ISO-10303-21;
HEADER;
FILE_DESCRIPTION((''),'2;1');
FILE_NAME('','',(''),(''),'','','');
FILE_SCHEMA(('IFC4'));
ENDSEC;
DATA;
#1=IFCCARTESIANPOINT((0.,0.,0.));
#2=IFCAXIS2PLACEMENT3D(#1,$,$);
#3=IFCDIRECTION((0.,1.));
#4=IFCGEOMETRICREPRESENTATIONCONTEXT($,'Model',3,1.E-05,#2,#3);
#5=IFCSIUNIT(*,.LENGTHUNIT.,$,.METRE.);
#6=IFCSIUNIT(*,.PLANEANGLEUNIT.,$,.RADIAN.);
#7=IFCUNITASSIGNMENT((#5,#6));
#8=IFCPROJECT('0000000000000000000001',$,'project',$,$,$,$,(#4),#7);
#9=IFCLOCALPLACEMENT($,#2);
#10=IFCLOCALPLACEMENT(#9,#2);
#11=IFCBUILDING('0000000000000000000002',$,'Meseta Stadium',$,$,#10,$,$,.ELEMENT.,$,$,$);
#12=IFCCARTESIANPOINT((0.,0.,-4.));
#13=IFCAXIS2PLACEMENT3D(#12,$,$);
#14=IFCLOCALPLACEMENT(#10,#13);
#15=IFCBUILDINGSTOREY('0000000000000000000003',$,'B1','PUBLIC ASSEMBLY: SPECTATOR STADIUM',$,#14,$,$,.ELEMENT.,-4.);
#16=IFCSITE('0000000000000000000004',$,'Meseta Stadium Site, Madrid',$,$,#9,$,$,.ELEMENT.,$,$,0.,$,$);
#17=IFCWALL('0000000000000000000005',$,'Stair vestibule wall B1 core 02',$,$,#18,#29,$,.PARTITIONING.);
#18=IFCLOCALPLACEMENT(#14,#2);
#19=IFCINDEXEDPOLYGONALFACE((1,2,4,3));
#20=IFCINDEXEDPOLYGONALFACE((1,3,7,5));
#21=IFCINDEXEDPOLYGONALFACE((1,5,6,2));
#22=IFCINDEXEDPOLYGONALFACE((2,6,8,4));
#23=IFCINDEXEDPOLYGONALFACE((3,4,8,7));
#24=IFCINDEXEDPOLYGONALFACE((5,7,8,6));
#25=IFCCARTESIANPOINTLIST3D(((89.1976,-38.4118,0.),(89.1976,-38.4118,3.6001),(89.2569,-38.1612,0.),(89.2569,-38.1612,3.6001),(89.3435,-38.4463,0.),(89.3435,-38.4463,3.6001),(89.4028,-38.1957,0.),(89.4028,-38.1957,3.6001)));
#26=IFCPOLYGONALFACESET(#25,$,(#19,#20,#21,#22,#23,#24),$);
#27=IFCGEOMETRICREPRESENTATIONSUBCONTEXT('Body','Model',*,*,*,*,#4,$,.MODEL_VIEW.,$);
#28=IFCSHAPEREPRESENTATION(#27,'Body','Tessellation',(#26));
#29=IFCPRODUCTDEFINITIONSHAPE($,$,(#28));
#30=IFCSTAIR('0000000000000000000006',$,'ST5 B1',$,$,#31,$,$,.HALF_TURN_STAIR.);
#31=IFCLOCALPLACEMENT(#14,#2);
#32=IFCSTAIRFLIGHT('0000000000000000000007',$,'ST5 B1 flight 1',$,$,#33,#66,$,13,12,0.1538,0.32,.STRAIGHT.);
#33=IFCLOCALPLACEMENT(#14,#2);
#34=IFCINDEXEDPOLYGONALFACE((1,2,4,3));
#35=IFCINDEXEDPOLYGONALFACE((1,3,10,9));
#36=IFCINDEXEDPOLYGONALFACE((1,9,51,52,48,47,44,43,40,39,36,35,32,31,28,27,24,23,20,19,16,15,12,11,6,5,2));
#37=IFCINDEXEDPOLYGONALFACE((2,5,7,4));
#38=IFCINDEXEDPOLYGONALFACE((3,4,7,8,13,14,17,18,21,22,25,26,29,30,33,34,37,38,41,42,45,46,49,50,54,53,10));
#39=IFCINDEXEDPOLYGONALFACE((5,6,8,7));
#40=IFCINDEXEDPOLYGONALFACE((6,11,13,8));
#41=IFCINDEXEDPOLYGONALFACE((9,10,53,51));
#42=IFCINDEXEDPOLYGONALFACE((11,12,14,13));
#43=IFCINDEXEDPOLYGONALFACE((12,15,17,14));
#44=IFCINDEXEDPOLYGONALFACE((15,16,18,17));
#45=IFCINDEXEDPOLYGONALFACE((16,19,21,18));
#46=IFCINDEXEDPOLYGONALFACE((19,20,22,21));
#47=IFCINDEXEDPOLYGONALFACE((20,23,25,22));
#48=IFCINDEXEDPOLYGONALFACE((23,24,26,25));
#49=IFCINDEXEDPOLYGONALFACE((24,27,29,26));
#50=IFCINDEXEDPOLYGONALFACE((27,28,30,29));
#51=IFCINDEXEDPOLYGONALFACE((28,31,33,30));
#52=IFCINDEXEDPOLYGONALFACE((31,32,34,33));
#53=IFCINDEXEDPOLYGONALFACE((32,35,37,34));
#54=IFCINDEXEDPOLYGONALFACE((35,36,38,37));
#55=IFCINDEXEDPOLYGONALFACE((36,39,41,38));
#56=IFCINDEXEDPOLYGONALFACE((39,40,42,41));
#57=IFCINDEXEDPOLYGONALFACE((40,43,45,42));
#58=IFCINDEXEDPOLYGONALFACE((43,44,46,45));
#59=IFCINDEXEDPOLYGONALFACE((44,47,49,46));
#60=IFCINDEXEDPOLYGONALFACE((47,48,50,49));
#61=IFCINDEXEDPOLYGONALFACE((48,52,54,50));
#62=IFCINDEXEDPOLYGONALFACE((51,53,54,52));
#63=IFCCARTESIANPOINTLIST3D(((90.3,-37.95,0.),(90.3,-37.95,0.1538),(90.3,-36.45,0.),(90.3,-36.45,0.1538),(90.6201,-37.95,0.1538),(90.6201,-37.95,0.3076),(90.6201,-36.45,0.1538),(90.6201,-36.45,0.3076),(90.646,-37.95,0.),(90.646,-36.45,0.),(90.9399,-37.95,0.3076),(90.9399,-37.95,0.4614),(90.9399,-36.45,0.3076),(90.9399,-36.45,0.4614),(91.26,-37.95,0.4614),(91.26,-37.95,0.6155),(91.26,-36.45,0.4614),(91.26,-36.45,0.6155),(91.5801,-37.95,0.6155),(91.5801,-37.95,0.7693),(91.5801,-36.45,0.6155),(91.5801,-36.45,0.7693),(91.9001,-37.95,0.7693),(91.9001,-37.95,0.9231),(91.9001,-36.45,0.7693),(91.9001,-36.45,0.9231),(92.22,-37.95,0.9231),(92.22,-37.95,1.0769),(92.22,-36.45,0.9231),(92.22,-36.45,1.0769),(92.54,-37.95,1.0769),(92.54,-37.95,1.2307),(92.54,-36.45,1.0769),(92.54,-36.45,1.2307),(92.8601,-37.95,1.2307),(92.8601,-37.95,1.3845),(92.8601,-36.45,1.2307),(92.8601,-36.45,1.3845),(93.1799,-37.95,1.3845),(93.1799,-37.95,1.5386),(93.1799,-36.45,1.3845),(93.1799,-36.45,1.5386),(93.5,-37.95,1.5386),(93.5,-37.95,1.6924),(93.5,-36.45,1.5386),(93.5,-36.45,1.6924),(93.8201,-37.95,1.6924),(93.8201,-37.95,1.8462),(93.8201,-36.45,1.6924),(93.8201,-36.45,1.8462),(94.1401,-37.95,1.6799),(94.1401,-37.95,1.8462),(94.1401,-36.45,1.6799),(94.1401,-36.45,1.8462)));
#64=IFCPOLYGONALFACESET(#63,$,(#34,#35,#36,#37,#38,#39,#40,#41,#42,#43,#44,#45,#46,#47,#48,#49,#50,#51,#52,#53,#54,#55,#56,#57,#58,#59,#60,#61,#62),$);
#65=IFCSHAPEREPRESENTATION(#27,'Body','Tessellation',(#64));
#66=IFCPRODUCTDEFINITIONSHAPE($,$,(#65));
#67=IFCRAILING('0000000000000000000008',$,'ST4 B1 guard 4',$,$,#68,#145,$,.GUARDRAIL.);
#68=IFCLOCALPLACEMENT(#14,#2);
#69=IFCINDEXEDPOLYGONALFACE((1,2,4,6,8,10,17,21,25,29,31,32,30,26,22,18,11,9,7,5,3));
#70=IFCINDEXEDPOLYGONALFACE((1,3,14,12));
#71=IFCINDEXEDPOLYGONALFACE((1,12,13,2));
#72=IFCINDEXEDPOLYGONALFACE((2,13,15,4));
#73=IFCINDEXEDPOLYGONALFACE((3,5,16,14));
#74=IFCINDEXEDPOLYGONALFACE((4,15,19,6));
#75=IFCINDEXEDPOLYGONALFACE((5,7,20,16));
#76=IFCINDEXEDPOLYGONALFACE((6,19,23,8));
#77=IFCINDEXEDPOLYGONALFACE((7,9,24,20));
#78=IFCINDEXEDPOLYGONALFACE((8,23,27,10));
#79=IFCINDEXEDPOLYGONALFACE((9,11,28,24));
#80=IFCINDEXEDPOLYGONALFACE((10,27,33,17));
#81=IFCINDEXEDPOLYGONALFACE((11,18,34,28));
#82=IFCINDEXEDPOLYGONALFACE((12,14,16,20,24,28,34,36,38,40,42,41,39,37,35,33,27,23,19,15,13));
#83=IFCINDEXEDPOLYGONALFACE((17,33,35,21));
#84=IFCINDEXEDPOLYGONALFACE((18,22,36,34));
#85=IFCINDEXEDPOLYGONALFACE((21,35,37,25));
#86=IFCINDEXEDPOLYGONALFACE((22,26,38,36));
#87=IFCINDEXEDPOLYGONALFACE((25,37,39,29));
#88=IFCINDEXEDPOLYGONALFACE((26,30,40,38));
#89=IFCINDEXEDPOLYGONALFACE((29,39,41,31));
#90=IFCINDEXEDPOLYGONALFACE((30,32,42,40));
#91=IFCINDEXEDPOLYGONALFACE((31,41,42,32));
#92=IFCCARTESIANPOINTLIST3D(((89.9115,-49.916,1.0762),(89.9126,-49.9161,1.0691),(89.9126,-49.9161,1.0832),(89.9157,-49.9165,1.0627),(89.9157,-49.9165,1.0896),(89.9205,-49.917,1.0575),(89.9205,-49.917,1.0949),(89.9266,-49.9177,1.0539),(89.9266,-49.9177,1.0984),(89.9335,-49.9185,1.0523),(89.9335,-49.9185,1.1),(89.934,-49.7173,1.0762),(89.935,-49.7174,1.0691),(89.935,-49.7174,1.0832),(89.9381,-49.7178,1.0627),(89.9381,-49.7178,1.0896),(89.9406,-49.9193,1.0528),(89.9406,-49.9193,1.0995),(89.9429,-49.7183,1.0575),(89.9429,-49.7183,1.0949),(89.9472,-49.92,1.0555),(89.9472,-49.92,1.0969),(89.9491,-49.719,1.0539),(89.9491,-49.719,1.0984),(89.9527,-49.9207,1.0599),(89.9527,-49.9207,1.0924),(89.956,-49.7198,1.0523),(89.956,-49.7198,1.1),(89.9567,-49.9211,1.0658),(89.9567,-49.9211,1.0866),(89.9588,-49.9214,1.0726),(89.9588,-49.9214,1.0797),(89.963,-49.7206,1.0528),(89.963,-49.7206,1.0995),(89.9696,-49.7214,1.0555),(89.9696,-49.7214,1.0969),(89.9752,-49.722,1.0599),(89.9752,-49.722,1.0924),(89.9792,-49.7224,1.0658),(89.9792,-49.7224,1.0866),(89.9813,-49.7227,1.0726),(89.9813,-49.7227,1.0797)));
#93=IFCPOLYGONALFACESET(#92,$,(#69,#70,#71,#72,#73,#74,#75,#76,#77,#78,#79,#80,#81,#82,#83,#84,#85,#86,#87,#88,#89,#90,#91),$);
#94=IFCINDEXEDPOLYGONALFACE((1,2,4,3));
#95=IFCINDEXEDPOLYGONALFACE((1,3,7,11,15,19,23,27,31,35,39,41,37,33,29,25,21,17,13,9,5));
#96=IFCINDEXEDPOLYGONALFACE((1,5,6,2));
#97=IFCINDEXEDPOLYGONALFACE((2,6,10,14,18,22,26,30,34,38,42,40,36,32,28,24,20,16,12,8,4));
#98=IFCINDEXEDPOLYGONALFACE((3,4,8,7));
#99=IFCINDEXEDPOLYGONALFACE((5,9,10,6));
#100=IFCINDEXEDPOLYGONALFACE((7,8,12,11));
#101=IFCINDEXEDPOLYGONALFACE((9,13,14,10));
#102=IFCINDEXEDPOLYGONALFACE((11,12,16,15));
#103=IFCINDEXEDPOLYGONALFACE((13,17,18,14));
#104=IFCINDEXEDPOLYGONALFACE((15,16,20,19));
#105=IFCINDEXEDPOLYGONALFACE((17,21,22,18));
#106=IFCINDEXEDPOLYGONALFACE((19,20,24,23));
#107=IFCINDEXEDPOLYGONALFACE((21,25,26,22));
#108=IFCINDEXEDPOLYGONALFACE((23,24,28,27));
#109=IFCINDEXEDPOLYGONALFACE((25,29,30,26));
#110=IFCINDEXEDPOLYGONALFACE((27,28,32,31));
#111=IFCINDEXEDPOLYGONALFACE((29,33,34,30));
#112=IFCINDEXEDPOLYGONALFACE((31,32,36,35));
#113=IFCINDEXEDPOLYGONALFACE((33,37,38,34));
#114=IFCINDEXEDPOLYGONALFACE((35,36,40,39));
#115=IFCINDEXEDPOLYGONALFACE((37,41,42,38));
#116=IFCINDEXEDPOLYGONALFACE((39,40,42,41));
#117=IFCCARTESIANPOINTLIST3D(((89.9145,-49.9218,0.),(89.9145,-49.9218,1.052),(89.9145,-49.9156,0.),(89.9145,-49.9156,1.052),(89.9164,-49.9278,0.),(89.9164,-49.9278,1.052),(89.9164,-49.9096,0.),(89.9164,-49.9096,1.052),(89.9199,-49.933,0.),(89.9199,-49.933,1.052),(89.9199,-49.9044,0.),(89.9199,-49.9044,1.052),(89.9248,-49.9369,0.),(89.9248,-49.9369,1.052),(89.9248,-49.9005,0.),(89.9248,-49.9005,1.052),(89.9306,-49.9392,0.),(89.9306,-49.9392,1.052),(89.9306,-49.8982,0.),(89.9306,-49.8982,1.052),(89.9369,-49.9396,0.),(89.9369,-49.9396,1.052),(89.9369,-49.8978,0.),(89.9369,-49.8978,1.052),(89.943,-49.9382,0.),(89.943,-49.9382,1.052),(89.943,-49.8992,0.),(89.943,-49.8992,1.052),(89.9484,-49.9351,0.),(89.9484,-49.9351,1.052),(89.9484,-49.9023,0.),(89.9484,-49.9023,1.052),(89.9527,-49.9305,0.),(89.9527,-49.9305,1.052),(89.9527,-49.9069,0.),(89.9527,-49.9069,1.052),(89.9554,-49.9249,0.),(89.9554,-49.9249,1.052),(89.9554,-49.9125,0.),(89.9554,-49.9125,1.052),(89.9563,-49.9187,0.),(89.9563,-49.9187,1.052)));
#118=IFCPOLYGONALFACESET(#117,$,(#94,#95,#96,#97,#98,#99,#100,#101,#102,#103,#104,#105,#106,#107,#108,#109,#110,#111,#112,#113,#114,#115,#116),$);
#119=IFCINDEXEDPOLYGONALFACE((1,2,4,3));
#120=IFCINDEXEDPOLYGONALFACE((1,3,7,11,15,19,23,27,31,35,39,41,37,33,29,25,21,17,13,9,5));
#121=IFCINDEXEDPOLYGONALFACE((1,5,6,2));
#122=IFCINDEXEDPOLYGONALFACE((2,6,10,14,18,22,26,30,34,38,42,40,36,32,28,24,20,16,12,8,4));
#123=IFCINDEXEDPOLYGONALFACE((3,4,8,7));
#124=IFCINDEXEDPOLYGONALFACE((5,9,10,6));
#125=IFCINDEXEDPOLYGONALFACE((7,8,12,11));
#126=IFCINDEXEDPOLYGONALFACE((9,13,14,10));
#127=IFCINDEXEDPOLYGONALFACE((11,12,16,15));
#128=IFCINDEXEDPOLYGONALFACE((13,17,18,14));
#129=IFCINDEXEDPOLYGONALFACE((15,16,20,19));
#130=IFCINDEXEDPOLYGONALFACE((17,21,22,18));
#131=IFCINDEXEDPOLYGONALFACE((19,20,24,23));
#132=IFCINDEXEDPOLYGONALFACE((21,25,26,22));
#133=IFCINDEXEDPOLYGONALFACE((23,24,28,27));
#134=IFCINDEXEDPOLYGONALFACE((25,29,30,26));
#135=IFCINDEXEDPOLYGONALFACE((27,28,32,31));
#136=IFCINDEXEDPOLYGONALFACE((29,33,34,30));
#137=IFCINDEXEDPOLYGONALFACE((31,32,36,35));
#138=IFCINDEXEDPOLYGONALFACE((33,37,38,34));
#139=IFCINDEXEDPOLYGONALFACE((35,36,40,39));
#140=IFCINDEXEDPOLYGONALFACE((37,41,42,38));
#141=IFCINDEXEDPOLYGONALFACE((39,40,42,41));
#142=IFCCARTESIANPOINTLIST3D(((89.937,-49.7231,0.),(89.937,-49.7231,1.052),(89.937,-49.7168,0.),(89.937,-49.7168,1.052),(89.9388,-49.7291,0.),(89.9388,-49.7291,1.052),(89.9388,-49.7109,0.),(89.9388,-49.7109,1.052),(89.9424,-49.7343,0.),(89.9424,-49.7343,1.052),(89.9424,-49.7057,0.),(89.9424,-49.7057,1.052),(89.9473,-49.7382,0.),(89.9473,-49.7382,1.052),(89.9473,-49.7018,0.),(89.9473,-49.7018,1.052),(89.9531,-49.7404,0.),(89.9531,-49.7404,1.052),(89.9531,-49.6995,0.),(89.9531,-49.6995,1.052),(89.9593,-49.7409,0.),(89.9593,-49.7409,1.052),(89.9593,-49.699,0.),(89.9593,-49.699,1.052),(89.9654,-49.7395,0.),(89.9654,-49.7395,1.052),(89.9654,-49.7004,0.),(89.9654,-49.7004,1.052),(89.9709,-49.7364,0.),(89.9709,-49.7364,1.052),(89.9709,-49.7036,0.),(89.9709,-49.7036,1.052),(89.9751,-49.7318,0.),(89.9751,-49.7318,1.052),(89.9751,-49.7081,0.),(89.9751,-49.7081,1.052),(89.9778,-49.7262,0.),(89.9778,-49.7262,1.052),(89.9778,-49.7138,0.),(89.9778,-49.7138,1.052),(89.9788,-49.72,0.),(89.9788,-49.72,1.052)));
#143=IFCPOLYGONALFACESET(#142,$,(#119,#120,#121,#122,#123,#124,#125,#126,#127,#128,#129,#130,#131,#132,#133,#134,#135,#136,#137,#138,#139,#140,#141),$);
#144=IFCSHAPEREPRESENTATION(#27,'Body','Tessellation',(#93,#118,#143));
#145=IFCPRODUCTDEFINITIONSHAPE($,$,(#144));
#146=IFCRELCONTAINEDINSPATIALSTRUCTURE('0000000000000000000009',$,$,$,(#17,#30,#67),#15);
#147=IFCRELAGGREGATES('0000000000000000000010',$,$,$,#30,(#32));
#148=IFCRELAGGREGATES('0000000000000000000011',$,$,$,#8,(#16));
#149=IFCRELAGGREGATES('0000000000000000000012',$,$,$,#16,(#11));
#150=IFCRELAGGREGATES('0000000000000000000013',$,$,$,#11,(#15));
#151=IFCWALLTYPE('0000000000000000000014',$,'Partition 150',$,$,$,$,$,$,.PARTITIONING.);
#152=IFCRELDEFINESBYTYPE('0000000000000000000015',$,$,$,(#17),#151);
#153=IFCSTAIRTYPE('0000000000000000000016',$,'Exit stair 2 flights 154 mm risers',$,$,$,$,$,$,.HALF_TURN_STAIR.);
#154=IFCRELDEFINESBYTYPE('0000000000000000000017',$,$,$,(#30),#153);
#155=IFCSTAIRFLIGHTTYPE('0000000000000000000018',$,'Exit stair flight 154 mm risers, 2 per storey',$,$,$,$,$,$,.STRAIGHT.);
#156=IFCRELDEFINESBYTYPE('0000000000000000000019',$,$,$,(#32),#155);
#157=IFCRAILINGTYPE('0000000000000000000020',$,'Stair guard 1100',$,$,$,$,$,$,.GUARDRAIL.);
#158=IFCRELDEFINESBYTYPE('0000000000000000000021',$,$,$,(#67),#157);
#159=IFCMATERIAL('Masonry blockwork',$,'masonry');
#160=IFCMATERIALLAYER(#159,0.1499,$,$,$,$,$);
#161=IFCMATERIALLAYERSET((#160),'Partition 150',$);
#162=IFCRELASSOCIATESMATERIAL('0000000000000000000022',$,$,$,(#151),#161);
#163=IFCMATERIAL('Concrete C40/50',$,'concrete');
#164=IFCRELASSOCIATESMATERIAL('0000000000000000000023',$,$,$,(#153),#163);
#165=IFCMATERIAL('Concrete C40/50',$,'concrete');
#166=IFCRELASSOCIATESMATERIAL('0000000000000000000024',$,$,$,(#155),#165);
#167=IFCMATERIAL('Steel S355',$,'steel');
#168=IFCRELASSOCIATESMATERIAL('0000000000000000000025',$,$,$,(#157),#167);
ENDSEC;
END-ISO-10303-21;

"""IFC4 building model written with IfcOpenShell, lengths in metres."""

from ifc_helpers import new_model, si_unit, direction, frame, frame_2d, origin, origin_2d, place, context, subcontext, project, spatial, polyline, rectangle, circle, outline, extrude, material, layer, layer_set, type_object, element, aggregate, save


model = new_model("IFC4")

# Units and contexts
model_context = context("Model", 3, precision=1e-05, world=origin(), true_north=direction((0.0, 1.0)))
body_context = subcontext(model_context, "Body", "Model", "MODEL_VIEW")
ifc_project = project(units=[si_unit("LENGTHUNIT", "METRE"), si_unit("PLANEANGLEUNIT", "RADIAN")], contexts=[model_context])

# Site, building, storey
site_placement = place(None, origin())
site = spatial("IfcSite", under=ifc_project, at=site_placement, Name="Meseta Stadium Site, Madrid", CompositionType="ELEMENT", RefElevation=0.0)
building_placement = place(site_placement, origin())
building = spatial("IfcBuilding", under=site, at=building_placement, Name="Meseta Stadium", CompositionType="ELEMENT")
storey_placement = place(building_placement, frame((0.0, 0.0, -4.0)))
storey = spatial("IfcBuildingStorey", under=building, at=storey_placement, Name="B1", Description="PUBLIC ASSEMBLY: SPECTATOR STADIUM", CompositionType="ELEMENT", Elevation=-4.0)

# Wall
ifc_material_1 = material(Name="Masonry blockwork", Category="masonry")
ifc_layer_1 = layer(ifc_material_1, 0.1499)
ifc_layer_set_1 = layer_set([ifc_layer_1], Name="Partition 150")
wall_type_1 = type_object("IfcWallType", Name="Partition 150", PredefinedType="PARTITIONING", material=ifc_layer_set_1)
wall_1_placement = place(storey_placement, frame((89.2705, -38.4292, 0.0), z_axis=(0.0, 0.0, 1.0), x_axis=(0.230254, 0.973131, 0.0)))
element("IfcWall", 1, at=wall_1_placement, inside=storey, type_object=wall_type_1, Name="Stair vestibule wall B1 core 02", PredefinedType="PARTITIONING", context=body_context, shape_type="SweptSolid", body=[
    extrude(rectangle(XDim=0.2576, YDim=0.1499, at=frame_2d((0.1289, 0.0))), origin(), (0.0, 0.0, 1.0), 3.6001),
])

# Stair, stair flight
ifc_material_2 = material(Name="Concrete C40/50", Category="concrete")
stair_type = type_object("IfcStairType", Name="Exit stair 2 flights 154 mm risers", PredefinedType="HALF_TURN_STAIR", material=ifc_material_2)
stair_placement = place(storey_placement, origin())
stair = element("IfcStair", 2, at=stair_placement, inside=storey, type_object=stair_type, Name="ST5 B1", PredefinedType="HALF_TURN_STAIR")
ifc_material_3 = material(Name="Concrete C40/50", Category="concrete")
stair_flight_type = type_object("IfcStairFlightType", Name="Exit stair flight 154 mm risers, 2 per storey", PredefinedType="STRAIGHT", material=ifc_material_3)
stair_flight_placement = place(storey_placement, frame((90.3, -37.2, 0.0), z_axis=(0.0, 0.0, 1.0), x_axis=(1.0, 0.0, 0.0)))
stair_flight = element("IfcStairFlight", 3, at=stair_flight_placement, type_object=stair_flight_type, Name="ST5 B1 flight 1", NumberOfRisers=13, NumberOfTreads=12, PredefinedType="STRAIGHT", RiserHeight=0.1538, TreadLength=0.32, context=body_context, shape_type="SweptSolid", body=[
    extrude(outline(polyline([(0.0, 0.0), (0.0, 0.1538), (0.3201, 0.1538), (0.3201, 0.3076), (0.6399, 0.3076), (0.6399, 0.4614), (0.96, 0.4614), (0.96, 0.6155), (1.28, 0.6155), (1.28, 0.7693), (1.6001, 0.7693), (1.6001, 0.9231), (1.9199, 0.9231), (1.9199, 1.0769), (2.24, 1.0769), (2.24, 1.2307), (2.5601, 1.2307), (2.5601, 1.3845), (2.8799, 1.3845), (2.8799, 1.5386), (3.2, 1.5386), (3.2, 1.6924), (3.52, 1.6924), (3.52, 1.8462), (3.8401, 1.8462), (3.8401, 1.6799), (0.3459, 0.0), (0.0, 0.0)])), frame((0.0, 0.75, 0.0), z_axis=(0.0, -1.0, 0.0), x_axis=(1.0, 0.0, 0.0)), (0.0, 0.0, 1.0), 1.5),
])
aggregate(stair, [stair_flight])

# Railing
ifc_material_4 = material(Name="Steel S355", Category="steel")
railing_type_1 = type_object("IfcRailingType", Name="Stair guard 1100", PredefinedType="GUARDRAIL", material=ifc_material_4)
railing_1_placement = place(storey_placement, frame((89.9353, -49.9187, 0.0)))
element("IfcRailing", 4, at=railing_1_placement, inside=storey, type_object=railing_type_1, Name="ST4 B1 guard 4", PredefinedType="GUARDRAIL", context=body_context, shape_type="SweptSolid", body=[
    extrude(circle(Radius=0.0239, at=origin_2d()), frame((0.0, 0.0, 1.0762), z_axis=(0.112307, 0.993674, 0.0), x_axis=(-0.993674, 0.112307, 0.0)), (0.0, 0.0, 1.0), 0.2),
    extrude(circle(Radius=0.021, at=origin_2d()), origin(), (0.0, 0.0, 1.0), 1.052),
    extrude(circle(Radius=0.021, at=origin_2d()), frame((0.0225, 0.1987, 0.0)), (0.0, 0.0, 1.0), 1.052),
])

save(model, "model.ifc")
